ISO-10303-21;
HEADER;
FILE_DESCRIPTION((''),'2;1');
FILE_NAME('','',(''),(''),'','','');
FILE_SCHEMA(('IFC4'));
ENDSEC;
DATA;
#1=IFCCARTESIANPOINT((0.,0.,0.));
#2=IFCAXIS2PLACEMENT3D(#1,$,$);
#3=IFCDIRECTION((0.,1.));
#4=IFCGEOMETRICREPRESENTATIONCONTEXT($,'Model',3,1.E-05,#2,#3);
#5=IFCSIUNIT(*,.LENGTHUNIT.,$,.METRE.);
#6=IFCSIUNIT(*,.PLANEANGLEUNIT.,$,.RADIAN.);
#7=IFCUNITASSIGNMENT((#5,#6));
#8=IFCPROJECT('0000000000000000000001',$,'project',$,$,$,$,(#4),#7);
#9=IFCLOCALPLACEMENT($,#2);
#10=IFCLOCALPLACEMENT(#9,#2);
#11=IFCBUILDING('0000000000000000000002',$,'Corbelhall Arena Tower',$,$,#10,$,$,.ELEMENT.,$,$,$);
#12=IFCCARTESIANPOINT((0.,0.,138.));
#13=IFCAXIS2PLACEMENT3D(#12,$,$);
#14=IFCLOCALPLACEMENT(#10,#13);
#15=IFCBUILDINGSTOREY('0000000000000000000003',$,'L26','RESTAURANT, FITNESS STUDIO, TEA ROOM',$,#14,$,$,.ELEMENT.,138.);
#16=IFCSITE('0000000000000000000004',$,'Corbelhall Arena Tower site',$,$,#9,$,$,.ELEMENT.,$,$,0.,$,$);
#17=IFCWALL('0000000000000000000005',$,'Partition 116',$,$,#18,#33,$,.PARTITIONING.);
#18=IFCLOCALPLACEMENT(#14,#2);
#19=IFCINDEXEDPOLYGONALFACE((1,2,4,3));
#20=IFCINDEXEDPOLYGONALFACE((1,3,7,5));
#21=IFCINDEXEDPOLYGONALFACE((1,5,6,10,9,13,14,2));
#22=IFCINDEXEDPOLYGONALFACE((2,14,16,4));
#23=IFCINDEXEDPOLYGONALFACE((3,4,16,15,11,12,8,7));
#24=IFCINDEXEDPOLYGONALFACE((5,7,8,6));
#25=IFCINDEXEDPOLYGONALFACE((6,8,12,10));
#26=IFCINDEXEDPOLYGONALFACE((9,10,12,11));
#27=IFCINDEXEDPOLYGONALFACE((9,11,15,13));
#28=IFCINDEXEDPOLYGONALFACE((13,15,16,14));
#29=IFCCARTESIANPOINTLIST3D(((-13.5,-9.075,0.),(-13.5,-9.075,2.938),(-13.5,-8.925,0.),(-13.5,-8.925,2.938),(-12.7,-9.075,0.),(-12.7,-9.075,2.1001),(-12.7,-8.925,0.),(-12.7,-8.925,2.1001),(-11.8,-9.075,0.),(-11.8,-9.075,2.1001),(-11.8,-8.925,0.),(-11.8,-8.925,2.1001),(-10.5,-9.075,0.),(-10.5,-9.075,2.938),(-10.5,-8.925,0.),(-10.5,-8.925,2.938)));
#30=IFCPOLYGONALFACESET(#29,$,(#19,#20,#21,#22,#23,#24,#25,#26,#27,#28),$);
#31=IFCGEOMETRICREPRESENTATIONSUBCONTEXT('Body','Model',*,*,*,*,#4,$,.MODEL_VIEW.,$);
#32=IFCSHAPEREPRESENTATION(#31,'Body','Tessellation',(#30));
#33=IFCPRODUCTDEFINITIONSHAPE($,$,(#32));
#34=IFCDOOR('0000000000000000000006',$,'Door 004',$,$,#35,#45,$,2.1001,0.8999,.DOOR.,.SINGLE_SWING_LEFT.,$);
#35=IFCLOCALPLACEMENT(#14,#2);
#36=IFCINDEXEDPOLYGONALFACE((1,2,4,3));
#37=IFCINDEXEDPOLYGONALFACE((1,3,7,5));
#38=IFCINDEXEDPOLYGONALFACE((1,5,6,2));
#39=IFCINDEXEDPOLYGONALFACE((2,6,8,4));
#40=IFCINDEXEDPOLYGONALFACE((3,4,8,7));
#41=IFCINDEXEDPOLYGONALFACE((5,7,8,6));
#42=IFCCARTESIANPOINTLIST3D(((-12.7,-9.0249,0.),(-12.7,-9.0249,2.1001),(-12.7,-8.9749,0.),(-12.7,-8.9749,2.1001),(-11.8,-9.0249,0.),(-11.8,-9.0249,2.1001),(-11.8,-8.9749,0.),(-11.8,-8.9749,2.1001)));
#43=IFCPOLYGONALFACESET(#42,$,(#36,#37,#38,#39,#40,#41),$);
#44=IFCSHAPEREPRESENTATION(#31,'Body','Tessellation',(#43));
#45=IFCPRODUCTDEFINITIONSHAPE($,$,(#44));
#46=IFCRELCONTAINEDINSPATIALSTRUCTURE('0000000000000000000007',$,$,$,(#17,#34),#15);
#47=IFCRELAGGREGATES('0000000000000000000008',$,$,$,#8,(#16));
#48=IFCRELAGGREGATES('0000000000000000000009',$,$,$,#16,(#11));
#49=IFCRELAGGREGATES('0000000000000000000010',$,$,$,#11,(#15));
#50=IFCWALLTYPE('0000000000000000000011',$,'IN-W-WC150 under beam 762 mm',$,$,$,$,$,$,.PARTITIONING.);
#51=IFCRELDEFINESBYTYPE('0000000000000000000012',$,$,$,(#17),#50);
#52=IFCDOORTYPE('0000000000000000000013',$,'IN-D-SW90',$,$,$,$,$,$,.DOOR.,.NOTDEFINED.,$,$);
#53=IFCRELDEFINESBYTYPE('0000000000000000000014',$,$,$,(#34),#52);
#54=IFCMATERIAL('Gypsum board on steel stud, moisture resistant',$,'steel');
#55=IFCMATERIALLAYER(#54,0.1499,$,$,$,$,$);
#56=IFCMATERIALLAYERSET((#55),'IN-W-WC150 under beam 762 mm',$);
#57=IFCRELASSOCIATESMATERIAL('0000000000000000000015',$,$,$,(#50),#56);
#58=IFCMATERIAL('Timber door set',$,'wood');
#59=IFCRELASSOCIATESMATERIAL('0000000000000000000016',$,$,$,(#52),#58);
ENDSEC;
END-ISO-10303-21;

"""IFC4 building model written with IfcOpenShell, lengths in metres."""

from ifc_helpers import new_model, si_unit, direction, frame, frame_2d, origin, place, context, subcontext, project, spatial, rectangle, extrude, material, layer, layer_set, type_object, element, fill, save


model = new_model("IFC4")

# Units and contexts
model_context = context("Model", 3, precision=1e-05, world=origin(), true_north=direction((0.0, 1.0)))
body_context = subcontext(model_context, "Body", "Model", "MODEL_VIEW")
ifc_project = project(units=[si_unit("LENGTHUNIT", "METRE"), si_unit("PLANEANGLEUNIT", "RADIAN")], contexts=[model_context])

# Site, building, storey
site_placement = place(None, origin())
site = spatial("IfcSite", under=ifc_project, at=site_placement, Name="Corbelhall Arena Tower site", CompositionType="ELEMENT", RefElevation=0.0)
building_placement = place(site_placement, origin())
building = spatial("IfcBuilding", under=site, at=building_placement, Name="Corbelhall Arena Tower", CompositionType="ELEMENT")
storey_placement = place(building_placement, frame((0.0, 0.0, 138.0)))
storey = spatial("IfcBuildingStorey", under=building, at=storey_placement, Name="L26", Description="RESTAURANT, FITNESS STUDIO, TEA ROOM", CompositionType="ELEMENT", Elevation=138.0)

# Shared definitions
ifc_material_1 = material(Name="Gypsum board on steel stud, moisture resistant", Category="steel")
ifc_layer_1 = layer(ifc_material_1, 0.1499)
ifc_layer_set_1 = layer_set([ifc_layer_1], Name="IN-W-WC150 under beam 762 mm")
wall_type_1 = type_object("IfcWallType", Name="IN-W-WC150 under beam 762 mm", PredefinedType="PARTITIONING", material=ifc_layer_set_1)

# Wall, opening, door
wall_1_placement = place(storey_placement, frame((-10.5, -9.0, 0.0), z_axis=(0.0, 0.0, 1.0), x_axis=(-1.0, 0.0, 0.0)))
wall_1 = element("IfcWall", 1, at=wall_1_placement, inside=storey, type_object=wall_type_1, Name="Partition 116", PredefinedType="PARTITIONING", context=body_context, shape_type="SweptSolid", body=[
    extrude(rectangle(XDim=3.0, YDim=0.1499, at=frame_2d((1.5, 0.0))), origin(), (0.0, 0.0, 1.0), 2.938),
])
opening_1_placement = place(wall_1_placement, frame((1.3, 0.0, 0.0)))
opening_1 = element("IfcOpeningElement", 2, at=opening_1_placement, cuts=wall_1, PredefinedType="OPENING", context=body_context, shape_type="SweptSolid", body=[
    extrude(rectangle(XDim=0.8999, YDim=2.1001, at=frame_2d((0.45, 1.05))), frame((0.0, 0.075, 0.0), z_axis=(0.0, -1.0, 0.0), x_axis=(1.0, 0.0, 0.0)), (0.0, 0.0, 1.0), 0.1499),
])
ifc_material_2 = material(Name="Timber door set", Category="wood")
door_type_1 = type_object("IfcDoorType", Name="IN-D-SW90", OperationType="NOTDEFINED", PredefinedType="DOOR", material=ifc_material_2)
door_1_placement = place(opening_1_placement, origin())
door_1 = element("IfcDoor", 3, at=door_1_placement, inside=storey, type_object=door_type_1, Name="Door 004", OperationType="SINGLE_SWING_LEFT", OverallHeight=2.1001, OverallWidth=0.8999, PredefinedType="DOOR", context=body_context, shape_type="SweptSolid", body=[
    extrude(rectangle(XDim=0.8999, YDim=2.1001, at=frame_2d((0.45, 1.05))), frame((0.0, 0.0249, 0.0), z_axis=(0.0, -1.0, 0.0), x_axis=(1.0, 0.0, 0.0)), (0.0, 0.0, 1.0), 0.05),
])
fill(opening_1, door_1)

save(model, "model.ifc")
